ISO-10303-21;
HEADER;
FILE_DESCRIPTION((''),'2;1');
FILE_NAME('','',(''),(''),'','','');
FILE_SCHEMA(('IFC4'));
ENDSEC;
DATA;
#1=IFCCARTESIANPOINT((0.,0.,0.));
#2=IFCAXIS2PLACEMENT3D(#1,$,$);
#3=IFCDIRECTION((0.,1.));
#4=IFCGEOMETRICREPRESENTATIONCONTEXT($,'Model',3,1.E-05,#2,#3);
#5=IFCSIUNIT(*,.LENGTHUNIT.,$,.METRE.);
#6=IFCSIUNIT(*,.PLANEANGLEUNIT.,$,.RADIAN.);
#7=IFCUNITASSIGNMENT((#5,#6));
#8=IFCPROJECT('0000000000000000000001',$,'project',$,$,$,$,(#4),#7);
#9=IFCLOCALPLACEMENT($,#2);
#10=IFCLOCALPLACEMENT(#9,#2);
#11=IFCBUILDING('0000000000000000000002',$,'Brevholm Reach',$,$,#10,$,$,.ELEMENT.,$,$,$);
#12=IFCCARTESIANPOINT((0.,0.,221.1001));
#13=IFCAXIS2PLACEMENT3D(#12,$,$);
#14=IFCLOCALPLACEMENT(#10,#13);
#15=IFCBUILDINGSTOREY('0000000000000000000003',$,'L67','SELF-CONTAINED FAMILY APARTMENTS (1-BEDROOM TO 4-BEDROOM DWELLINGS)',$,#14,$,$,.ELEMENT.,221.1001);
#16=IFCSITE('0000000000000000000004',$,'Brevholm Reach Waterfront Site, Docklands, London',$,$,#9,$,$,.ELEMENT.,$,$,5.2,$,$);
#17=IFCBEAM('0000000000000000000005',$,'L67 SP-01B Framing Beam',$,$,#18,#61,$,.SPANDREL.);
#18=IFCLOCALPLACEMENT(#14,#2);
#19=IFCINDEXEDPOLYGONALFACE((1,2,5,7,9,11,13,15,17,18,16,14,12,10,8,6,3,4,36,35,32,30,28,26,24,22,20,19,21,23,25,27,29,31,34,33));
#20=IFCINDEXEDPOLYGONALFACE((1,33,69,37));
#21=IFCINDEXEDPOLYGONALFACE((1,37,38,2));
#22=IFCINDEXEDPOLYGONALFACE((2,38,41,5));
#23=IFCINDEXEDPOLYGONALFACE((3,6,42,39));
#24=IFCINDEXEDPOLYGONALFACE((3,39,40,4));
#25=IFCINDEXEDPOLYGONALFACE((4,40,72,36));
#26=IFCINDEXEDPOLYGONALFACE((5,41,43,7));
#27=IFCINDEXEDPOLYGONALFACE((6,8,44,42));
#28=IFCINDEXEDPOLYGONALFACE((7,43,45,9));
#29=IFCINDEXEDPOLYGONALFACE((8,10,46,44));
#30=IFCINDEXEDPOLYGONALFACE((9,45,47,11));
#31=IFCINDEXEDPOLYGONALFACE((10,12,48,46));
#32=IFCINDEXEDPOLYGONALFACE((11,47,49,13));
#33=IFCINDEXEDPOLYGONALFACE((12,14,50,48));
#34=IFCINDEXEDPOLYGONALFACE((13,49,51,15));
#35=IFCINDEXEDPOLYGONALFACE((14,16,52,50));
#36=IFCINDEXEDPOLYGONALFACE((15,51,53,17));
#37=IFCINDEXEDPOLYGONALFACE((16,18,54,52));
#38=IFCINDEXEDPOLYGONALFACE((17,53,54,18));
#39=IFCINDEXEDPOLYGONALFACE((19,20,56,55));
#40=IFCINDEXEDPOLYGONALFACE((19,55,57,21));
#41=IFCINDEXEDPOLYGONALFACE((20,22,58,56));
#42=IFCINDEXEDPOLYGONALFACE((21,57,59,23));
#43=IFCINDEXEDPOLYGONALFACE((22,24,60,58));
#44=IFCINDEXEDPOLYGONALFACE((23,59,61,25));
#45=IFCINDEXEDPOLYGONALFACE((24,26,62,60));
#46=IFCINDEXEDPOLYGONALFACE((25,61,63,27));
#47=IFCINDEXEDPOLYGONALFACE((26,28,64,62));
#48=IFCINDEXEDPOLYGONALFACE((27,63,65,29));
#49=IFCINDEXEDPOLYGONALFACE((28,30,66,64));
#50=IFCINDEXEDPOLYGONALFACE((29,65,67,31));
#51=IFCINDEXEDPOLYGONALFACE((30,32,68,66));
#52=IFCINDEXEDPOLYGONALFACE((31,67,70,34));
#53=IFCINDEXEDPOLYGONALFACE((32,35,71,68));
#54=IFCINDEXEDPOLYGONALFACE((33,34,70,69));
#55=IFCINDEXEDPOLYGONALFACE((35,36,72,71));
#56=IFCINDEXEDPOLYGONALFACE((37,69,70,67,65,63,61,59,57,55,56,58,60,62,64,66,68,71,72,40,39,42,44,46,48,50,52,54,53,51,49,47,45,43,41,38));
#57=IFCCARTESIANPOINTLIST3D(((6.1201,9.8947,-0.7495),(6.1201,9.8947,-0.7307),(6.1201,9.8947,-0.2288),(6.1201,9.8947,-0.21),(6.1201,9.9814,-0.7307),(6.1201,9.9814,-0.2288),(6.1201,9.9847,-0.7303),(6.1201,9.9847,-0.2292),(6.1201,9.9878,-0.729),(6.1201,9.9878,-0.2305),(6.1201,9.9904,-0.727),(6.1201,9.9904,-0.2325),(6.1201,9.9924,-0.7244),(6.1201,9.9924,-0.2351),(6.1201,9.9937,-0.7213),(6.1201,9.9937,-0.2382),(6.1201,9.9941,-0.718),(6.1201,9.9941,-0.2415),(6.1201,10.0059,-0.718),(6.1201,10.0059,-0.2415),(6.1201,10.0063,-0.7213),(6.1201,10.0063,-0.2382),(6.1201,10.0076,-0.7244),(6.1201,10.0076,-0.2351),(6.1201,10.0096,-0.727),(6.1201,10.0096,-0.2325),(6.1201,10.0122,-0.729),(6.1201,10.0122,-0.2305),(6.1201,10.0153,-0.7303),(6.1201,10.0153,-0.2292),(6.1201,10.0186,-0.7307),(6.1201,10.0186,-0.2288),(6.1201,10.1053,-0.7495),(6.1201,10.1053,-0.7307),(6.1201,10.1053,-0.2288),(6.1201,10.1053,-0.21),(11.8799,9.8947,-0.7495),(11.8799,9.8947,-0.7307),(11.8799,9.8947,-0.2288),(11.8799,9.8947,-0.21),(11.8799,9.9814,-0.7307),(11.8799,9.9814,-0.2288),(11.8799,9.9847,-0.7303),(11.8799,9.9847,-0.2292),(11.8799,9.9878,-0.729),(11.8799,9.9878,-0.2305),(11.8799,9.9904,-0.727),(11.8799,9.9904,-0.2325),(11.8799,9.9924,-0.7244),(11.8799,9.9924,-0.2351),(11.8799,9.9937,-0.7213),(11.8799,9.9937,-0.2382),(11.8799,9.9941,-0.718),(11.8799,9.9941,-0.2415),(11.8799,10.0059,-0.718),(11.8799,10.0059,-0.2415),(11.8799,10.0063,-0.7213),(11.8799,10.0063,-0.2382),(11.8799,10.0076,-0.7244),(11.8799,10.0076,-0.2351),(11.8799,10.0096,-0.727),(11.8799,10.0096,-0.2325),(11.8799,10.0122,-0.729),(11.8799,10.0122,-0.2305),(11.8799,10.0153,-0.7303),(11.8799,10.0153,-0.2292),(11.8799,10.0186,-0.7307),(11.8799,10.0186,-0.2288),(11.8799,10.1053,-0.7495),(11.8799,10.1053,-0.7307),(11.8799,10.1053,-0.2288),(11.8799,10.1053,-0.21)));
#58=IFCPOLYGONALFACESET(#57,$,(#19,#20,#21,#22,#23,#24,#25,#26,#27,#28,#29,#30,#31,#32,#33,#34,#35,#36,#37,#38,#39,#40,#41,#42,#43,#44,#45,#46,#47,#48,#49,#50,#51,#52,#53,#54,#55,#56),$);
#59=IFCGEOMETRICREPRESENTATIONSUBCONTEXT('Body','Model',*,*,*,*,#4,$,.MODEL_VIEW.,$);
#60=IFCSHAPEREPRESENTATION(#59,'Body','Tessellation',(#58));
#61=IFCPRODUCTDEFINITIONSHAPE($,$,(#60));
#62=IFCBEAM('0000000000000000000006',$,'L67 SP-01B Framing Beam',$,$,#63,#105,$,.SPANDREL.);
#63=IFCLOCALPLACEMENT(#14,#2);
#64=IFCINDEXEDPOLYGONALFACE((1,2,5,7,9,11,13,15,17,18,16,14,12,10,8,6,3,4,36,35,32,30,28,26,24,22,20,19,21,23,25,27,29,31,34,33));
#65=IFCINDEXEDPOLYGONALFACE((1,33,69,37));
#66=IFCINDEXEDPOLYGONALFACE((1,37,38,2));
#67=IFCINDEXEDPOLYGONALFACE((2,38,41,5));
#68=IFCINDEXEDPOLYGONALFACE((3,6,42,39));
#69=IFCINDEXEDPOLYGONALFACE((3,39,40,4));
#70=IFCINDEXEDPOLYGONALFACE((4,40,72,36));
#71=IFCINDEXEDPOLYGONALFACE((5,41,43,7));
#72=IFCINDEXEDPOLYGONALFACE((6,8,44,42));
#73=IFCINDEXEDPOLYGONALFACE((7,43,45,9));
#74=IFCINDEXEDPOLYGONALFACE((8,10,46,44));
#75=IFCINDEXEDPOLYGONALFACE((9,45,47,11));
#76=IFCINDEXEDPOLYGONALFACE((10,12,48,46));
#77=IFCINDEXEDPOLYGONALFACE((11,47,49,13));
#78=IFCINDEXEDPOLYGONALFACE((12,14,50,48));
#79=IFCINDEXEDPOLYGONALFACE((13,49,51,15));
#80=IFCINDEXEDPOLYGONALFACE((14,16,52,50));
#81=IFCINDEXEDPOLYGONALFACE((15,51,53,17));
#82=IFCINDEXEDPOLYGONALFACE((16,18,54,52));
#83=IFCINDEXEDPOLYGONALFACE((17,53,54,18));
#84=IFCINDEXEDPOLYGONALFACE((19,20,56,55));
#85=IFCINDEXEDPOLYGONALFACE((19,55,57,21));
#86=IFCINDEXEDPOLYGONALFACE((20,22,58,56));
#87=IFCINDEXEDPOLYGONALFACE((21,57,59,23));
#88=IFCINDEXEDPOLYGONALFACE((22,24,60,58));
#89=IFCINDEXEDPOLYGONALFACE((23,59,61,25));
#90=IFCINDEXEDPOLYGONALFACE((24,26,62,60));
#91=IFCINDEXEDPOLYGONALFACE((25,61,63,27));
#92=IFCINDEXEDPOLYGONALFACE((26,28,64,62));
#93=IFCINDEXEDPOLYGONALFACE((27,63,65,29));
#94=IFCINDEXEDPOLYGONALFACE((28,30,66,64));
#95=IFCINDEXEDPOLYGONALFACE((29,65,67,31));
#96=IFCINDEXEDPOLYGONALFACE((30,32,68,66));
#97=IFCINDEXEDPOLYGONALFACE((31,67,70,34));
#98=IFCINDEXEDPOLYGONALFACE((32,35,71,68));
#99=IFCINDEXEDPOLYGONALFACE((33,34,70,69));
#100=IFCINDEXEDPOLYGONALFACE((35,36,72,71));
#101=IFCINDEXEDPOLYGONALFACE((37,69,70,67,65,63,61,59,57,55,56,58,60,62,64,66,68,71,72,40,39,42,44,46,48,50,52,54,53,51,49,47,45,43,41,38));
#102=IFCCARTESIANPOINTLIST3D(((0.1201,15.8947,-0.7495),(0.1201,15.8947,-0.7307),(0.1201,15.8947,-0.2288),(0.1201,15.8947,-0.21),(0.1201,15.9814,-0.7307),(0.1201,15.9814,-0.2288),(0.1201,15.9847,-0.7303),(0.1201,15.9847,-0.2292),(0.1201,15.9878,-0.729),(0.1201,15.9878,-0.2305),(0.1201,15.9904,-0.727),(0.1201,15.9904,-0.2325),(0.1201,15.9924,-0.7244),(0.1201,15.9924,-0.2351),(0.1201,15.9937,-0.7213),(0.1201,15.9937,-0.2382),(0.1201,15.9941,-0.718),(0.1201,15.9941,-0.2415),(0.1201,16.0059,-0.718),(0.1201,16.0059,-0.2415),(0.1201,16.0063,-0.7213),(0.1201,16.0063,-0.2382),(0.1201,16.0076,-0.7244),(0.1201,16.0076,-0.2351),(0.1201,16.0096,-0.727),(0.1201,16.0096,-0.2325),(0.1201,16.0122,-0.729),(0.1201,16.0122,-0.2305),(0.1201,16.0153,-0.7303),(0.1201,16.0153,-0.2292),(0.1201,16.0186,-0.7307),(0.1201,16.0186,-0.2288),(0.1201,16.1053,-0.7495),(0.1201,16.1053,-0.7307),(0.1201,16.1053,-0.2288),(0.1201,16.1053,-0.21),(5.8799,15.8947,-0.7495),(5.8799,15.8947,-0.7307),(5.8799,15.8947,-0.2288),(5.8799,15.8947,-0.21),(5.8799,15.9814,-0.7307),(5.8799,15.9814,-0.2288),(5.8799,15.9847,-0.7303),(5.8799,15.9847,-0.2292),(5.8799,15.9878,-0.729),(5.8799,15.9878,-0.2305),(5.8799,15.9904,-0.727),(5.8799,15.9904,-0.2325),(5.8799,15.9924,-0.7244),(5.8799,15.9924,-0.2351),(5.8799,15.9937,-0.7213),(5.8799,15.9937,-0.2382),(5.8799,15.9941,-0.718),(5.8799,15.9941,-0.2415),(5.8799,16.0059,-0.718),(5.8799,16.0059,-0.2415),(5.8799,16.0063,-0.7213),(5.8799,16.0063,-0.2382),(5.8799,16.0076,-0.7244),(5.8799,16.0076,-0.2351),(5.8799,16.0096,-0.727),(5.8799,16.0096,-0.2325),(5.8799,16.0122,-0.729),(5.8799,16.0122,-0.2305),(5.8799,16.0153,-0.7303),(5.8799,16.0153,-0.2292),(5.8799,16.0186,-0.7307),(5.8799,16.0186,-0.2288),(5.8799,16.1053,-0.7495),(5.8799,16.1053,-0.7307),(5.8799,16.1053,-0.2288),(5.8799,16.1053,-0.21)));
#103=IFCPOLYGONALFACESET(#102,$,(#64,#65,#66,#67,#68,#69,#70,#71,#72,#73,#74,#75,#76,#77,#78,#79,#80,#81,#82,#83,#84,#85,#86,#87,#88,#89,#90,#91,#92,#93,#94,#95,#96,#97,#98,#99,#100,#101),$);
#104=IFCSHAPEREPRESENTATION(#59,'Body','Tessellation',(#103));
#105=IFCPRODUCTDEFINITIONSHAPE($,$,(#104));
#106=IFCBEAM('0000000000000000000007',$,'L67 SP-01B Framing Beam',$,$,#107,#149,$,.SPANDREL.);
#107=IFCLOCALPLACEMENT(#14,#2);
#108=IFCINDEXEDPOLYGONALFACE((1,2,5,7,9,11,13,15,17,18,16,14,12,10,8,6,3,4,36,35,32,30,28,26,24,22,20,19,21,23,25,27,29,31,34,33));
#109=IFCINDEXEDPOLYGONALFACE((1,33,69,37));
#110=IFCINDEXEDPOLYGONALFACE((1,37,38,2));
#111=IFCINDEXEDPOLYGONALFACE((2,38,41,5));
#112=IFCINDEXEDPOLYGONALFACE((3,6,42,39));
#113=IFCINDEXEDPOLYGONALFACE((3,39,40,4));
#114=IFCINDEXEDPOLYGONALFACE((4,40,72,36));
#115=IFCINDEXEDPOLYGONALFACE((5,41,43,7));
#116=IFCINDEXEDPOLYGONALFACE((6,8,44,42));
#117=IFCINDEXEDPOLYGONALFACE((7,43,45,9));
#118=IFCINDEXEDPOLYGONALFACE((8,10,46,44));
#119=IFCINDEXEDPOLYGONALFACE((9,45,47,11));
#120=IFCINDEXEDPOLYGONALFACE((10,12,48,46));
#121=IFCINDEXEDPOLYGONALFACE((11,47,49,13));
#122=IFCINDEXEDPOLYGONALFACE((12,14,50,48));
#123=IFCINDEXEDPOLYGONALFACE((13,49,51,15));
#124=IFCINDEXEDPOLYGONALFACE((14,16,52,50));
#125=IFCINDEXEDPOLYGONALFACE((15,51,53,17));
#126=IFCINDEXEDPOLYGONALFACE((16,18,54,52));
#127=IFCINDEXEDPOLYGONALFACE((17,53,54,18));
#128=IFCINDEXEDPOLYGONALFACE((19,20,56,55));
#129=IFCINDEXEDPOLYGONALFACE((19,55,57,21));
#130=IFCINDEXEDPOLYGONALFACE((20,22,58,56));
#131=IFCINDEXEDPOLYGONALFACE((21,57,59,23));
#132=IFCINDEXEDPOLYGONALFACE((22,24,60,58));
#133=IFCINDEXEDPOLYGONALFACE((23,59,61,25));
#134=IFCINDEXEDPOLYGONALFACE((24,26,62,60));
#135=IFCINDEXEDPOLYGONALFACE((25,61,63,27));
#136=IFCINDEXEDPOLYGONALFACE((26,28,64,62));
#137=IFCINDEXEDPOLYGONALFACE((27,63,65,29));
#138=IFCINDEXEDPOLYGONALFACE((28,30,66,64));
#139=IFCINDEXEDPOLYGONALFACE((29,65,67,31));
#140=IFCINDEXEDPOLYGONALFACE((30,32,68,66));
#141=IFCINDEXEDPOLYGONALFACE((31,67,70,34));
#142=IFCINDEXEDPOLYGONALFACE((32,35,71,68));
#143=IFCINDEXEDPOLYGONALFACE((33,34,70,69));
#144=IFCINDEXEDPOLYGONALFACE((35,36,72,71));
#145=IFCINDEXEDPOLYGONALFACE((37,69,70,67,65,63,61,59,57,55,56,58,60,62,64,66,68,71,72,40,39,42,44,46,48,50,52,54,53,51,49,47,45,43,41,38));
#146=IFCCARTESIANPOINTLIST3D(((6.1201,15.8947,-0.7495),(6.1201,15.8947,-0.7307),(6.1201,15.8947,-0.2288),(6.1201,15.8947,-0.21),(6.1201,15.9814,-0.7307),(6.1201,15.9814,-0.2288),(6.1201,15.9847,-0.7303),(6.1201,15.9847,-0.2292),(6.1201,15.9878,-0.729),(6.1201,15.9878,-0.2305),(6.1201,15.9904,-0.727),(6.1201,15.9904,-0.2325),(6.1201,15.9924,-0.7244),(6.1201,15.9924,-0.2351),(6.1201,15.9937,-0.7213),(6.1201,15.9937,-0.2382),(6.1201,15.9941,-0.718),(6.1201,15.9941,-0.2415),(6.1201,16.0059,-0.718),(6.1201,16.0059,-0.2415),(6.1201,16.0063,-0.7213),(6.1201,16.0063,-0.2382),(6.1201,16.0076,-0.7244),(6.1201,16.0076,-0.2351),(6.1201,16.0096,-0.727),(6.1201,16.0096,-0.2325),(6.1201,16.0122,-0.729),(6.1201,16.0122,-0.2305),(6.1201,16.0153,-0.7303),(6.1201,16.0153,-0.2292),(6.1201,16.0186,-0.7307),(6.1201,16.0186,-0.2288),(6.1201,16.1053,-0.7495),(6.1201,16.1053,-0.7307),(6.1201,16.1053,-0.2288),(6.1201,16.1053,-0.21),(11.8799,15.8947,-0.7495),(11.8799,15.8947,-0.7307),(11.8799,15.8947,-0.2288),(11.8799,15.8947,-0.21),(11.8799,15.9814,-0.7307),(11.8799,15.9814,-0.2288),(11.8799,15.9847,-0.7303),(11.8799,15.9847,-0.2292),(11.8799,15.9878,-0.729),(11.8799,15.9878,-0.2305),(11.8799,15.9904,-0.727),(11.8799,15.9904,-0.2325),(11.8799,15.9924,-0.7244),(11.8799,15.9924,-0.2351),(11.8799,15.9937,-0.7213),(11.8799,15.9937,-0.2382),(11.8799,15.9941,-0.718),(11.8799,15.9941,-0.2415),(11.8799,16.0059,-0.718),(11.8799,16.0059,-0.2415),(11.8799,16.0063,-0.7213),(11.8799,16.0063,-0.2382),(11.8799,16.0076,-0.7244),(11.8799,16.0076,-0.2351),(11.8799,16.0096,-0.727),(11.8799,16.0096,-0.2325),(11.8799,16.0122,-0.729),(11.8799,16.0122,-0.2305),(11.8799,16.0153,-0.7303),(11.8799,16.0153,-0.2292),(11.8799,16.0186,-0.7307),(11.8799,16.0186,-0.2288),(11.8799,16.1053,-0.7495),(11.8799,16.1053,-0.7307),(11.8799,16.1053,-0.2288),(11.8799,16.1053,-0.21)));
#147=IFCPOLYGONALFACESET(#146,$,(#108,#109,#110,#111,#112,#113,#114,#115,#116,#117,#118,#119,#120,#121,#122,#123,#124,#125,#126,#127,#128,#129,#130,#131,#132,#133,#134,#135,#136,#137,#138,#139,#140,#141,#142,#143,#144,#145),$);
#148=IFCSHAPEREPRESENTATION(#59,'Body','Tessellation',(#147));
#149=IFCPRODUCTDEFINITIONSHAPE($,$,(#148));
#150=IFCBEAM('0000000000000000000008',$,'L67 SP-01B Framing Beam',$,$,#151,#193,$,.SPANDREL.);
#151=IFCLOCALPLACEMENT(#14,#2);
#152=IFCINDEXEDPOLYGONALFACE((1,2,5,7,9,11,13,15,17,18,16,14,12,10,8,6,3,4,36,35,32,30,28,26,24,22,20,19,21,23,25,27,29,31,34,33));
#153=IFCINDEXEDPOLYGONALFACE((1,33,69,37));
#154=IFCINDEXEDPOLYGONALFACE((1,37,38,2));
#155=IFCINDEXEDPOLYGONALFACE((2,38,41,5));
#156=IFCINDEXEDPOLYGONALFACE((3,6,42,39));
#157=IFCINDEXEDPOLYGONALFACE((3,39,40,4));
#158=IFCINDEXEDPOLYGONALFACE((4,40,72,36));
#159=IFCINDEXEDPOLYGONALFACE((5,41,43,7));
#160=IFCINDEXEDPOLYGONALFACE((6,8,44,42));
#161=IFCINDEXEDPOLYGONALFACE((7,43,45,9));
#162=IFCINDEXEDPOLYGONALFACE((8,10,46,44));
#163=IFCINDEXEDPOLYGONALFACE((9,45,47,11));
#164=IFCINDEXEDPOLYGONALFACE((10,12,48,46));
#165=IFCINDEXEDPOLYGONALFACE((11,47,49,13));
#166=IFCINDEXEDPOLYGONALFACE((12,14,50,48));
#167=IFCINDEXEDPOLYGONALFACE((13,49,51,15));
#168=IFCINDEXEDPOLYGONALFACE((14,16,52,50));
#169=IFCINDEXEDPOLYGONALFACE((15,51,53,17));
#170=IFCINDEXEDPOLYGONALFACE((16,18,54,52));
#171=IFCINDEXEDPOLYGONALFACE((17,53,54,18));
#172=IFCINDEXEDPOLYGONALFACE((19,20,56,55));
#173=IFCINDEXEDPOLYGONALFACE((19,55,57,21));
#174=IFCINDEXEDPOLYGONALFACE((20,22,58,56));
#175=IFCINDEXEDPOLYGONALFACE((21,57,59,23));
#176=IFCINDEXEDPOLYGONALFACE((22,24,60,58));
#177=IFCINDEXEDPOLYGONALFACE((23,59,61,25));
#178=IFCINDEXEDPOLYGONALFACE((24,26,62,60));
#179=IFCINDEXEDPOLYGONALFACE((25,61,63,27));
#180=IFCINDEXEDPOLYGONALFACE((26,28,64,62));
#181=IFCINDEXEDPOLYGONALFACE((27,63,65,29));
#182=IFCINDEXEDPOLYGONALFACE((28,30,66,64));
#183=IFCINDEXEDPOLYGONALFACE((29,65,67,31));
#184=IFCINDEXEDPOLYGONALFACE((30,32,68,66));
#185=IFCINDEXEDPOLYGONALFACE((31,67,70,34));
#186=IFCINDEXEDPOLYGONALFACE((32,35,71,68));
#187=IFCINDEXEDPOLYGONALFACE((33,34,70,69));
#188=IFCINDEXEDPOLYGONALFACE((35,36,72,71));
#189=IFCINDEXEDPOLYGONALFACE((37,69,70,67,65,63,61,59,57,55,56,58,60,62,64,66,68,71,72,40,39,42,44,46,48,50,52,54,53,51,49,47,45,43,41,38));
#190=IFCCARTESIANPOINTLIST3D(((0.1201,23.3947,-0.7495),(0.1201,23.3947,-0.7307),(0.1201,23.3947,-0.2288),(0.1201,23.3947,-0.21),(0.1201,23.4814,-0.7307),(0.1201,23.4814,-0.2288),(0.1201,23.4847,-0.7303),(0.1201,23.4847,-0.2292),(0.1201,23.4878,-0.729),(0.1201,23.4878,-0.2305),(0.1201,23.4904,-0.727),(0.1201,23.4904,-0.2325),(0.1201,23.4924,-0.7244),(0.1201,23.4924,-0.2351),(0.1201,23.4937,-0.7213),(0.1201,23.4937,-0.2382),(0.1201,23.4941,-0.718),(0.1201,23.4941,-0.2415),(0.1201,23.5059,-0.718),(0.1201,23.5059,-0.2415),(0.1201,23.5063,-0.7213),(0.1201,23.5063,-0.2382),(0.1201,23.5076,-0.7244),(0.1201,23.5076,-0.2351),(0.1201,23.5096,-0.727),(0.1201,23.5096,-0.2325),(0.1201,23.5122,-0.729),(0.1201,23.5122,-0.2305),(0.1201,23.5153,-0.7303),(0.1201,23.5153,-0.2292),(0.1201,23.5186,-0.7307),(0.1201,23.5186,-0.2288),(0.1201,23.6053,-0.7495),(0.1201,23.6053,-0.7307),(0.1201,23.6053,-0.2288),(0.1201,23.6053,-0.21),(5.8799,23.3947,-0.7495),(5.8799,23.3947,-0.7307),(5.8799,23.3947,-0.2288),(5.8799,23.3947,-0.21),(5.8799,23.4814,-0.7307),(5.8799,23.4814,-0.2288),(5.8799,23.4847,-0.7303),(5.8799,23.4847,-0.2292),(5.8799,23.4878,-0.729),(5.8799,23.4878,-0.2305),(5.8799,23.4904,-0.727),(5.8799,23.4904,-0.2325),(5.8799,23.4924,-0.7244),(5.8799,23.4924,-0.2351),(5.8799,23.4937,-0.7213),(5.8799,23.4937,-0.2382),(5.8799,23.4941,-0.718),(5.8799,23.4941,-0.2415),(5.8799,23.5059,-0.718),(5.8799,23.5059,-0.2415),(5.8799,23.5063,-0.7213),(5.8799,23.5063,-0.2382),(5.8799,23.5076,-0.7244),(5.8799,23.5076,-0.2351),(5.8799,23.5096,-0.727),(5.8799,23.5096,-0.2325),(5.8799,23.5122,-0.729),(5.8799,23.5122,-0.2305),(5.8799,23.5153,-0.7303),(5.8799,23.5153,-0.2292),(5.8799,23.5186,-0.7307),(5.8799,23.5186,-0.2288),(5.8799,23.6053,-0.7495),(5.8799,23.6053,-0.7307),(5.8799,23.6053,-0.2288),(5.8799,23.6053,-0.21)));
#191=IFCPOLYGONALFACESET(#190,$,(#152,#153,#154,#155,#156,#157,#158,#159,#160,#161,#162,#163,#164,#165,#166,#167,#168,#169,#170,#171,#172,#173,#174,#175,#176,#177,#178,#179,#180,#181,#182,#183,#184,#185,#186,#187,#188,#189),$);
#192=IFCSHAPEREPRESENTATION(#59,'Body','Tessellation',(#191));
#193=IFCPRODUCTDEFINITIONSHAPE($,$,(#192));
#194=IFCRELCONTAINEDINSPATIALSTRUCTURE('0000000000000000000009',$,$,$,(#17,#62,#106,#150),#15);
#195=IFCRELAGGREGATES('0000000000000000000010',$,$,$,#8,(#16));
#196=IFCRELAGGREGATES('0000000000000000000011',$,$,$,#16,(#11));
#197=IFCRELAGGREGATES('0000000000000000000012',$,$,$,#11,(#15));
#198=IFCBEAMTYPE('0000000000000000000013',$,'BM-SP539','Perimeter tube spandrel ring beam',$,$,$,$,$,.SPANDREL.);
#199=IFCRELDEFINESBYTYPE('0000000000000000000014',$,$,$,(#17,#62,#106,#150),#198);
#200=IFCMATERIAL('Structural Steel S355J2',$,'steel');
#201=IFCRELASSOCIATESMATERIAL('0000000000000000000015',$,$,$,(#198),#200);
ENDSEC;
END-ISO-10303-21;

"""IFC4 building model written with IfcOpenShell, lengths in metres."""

from ifc_helpers import new_model, si_unit, direction, frame, origin, origin_2d, place, context, subcontext, project, spatial, i_section, extrude, material, material_profile, profile_set, type_object, element, save


model = new_model("IFC4")

# Units and contexts
model_context = context("Model", 3, precision=1e-05, world=origin(), true_north=direction((0.0, 1.0)))
body_context = subcontext(model_context, "Body", "Model", "MODEL_VIEW")
ifc_project = project(units=[si_unit("LENGTHUNIT", "METRE"), si_unit("PLANEANGLEUNIT", "RADIAN")], contexts=[model_context])

# Site, building, storey
site_placement = place(None, origin())
site = spatial("IfcSite", under=ifc_project, at=site_placement, Name="Brevholm Reach Waterfront Site, Docklands, London", CompositionType="ELEMENT", RefElevation=5.2)
building_placement = place(site_placement, origin())
building = spatial("IfcBuilding", under=site, at=building_placement, Name="Brevholm Reach", CompositionType="ELEMENT")
storey_placement = place(building_placement, frame((0.0, 0.0, 221.1001)))
storey = spatial("IfcBuildingStorey", under=building, at=storey_placement, Name="L67", Description="SELF-CONTAINED FAMILY APARTMENTS (1-BEDROOM TO 4-BEDROOM DWELLINGS)", CompositionType="ELEMENT", Elevation=221.1001)

# Beams
ifc_material_1 = material(Name="Structural Steel S355J2", Category="steel")
ifc_material_profile_1 = material_profile(ifc_material_1, i_section(OverallWidth=0.2107, OverallDepth=0.5396, WebThickness=0.0117, FlangeThickness=0.0188, FilletRadius=0.0127, at=origin_2d()), Name="UKB 533x210x109")
ifc_profile_set_1 = profile_set([ifc_material_profile_1], Name="Structural Steel S355J2")
beam_type_1 = type_object("IfcBeamType", Name="BM-SP539", Description="Perimeter tube spandrel ring beam", PredefinedType="SPANDREL", material=ifc_profile_set_1)
for number, where, z_axis, x_axis, name in (
    (1, (6.1201, 10.0, -0.4797), (1.0, 0.0, 0.0), (0.0, 1.0, 0.0), "L67 SP-01B Framing Beam"),
    (2, (0.1201, 16.0, -0.4797), (1.0, 0.0, 0.0), (0.0, 1.0, 0.0), "L67 SP-01B Framing Beam"),
    (3, (6.1201, 16.0, -0.4797), (1.0, 0.0, 0.0), (0.0, 1.0, 0.0), "L67 SP-01B Framing Beam"),
    (4, (0.1201, 23.5, -0.4797), (1.0, 0.0, 0.0), (0.0, 1.0, 0.0), "L67 SP-01B Framing Beam"),
):
    element("IfcBeam", number, at=place(storey_placement, frame(where, z_axis=z_axis, x_axis=x_axis)), inside=storey, type_object=beam_type_1, Name=name, PredefinedType="SPANDREL", context=body_context, shape_type="SweptSolid", body=[
        extrude(i_section(OverallWidth=0.2107, OverallDepth=0.5396, WebThickness=0.0117, FlangeThickness=0.0188, FilletRadius=0.0127, at=origin_2d()), origin(), (0.0, 0.0, 1.0), 5.7598),
    ])

save(model, "model.ifc")
